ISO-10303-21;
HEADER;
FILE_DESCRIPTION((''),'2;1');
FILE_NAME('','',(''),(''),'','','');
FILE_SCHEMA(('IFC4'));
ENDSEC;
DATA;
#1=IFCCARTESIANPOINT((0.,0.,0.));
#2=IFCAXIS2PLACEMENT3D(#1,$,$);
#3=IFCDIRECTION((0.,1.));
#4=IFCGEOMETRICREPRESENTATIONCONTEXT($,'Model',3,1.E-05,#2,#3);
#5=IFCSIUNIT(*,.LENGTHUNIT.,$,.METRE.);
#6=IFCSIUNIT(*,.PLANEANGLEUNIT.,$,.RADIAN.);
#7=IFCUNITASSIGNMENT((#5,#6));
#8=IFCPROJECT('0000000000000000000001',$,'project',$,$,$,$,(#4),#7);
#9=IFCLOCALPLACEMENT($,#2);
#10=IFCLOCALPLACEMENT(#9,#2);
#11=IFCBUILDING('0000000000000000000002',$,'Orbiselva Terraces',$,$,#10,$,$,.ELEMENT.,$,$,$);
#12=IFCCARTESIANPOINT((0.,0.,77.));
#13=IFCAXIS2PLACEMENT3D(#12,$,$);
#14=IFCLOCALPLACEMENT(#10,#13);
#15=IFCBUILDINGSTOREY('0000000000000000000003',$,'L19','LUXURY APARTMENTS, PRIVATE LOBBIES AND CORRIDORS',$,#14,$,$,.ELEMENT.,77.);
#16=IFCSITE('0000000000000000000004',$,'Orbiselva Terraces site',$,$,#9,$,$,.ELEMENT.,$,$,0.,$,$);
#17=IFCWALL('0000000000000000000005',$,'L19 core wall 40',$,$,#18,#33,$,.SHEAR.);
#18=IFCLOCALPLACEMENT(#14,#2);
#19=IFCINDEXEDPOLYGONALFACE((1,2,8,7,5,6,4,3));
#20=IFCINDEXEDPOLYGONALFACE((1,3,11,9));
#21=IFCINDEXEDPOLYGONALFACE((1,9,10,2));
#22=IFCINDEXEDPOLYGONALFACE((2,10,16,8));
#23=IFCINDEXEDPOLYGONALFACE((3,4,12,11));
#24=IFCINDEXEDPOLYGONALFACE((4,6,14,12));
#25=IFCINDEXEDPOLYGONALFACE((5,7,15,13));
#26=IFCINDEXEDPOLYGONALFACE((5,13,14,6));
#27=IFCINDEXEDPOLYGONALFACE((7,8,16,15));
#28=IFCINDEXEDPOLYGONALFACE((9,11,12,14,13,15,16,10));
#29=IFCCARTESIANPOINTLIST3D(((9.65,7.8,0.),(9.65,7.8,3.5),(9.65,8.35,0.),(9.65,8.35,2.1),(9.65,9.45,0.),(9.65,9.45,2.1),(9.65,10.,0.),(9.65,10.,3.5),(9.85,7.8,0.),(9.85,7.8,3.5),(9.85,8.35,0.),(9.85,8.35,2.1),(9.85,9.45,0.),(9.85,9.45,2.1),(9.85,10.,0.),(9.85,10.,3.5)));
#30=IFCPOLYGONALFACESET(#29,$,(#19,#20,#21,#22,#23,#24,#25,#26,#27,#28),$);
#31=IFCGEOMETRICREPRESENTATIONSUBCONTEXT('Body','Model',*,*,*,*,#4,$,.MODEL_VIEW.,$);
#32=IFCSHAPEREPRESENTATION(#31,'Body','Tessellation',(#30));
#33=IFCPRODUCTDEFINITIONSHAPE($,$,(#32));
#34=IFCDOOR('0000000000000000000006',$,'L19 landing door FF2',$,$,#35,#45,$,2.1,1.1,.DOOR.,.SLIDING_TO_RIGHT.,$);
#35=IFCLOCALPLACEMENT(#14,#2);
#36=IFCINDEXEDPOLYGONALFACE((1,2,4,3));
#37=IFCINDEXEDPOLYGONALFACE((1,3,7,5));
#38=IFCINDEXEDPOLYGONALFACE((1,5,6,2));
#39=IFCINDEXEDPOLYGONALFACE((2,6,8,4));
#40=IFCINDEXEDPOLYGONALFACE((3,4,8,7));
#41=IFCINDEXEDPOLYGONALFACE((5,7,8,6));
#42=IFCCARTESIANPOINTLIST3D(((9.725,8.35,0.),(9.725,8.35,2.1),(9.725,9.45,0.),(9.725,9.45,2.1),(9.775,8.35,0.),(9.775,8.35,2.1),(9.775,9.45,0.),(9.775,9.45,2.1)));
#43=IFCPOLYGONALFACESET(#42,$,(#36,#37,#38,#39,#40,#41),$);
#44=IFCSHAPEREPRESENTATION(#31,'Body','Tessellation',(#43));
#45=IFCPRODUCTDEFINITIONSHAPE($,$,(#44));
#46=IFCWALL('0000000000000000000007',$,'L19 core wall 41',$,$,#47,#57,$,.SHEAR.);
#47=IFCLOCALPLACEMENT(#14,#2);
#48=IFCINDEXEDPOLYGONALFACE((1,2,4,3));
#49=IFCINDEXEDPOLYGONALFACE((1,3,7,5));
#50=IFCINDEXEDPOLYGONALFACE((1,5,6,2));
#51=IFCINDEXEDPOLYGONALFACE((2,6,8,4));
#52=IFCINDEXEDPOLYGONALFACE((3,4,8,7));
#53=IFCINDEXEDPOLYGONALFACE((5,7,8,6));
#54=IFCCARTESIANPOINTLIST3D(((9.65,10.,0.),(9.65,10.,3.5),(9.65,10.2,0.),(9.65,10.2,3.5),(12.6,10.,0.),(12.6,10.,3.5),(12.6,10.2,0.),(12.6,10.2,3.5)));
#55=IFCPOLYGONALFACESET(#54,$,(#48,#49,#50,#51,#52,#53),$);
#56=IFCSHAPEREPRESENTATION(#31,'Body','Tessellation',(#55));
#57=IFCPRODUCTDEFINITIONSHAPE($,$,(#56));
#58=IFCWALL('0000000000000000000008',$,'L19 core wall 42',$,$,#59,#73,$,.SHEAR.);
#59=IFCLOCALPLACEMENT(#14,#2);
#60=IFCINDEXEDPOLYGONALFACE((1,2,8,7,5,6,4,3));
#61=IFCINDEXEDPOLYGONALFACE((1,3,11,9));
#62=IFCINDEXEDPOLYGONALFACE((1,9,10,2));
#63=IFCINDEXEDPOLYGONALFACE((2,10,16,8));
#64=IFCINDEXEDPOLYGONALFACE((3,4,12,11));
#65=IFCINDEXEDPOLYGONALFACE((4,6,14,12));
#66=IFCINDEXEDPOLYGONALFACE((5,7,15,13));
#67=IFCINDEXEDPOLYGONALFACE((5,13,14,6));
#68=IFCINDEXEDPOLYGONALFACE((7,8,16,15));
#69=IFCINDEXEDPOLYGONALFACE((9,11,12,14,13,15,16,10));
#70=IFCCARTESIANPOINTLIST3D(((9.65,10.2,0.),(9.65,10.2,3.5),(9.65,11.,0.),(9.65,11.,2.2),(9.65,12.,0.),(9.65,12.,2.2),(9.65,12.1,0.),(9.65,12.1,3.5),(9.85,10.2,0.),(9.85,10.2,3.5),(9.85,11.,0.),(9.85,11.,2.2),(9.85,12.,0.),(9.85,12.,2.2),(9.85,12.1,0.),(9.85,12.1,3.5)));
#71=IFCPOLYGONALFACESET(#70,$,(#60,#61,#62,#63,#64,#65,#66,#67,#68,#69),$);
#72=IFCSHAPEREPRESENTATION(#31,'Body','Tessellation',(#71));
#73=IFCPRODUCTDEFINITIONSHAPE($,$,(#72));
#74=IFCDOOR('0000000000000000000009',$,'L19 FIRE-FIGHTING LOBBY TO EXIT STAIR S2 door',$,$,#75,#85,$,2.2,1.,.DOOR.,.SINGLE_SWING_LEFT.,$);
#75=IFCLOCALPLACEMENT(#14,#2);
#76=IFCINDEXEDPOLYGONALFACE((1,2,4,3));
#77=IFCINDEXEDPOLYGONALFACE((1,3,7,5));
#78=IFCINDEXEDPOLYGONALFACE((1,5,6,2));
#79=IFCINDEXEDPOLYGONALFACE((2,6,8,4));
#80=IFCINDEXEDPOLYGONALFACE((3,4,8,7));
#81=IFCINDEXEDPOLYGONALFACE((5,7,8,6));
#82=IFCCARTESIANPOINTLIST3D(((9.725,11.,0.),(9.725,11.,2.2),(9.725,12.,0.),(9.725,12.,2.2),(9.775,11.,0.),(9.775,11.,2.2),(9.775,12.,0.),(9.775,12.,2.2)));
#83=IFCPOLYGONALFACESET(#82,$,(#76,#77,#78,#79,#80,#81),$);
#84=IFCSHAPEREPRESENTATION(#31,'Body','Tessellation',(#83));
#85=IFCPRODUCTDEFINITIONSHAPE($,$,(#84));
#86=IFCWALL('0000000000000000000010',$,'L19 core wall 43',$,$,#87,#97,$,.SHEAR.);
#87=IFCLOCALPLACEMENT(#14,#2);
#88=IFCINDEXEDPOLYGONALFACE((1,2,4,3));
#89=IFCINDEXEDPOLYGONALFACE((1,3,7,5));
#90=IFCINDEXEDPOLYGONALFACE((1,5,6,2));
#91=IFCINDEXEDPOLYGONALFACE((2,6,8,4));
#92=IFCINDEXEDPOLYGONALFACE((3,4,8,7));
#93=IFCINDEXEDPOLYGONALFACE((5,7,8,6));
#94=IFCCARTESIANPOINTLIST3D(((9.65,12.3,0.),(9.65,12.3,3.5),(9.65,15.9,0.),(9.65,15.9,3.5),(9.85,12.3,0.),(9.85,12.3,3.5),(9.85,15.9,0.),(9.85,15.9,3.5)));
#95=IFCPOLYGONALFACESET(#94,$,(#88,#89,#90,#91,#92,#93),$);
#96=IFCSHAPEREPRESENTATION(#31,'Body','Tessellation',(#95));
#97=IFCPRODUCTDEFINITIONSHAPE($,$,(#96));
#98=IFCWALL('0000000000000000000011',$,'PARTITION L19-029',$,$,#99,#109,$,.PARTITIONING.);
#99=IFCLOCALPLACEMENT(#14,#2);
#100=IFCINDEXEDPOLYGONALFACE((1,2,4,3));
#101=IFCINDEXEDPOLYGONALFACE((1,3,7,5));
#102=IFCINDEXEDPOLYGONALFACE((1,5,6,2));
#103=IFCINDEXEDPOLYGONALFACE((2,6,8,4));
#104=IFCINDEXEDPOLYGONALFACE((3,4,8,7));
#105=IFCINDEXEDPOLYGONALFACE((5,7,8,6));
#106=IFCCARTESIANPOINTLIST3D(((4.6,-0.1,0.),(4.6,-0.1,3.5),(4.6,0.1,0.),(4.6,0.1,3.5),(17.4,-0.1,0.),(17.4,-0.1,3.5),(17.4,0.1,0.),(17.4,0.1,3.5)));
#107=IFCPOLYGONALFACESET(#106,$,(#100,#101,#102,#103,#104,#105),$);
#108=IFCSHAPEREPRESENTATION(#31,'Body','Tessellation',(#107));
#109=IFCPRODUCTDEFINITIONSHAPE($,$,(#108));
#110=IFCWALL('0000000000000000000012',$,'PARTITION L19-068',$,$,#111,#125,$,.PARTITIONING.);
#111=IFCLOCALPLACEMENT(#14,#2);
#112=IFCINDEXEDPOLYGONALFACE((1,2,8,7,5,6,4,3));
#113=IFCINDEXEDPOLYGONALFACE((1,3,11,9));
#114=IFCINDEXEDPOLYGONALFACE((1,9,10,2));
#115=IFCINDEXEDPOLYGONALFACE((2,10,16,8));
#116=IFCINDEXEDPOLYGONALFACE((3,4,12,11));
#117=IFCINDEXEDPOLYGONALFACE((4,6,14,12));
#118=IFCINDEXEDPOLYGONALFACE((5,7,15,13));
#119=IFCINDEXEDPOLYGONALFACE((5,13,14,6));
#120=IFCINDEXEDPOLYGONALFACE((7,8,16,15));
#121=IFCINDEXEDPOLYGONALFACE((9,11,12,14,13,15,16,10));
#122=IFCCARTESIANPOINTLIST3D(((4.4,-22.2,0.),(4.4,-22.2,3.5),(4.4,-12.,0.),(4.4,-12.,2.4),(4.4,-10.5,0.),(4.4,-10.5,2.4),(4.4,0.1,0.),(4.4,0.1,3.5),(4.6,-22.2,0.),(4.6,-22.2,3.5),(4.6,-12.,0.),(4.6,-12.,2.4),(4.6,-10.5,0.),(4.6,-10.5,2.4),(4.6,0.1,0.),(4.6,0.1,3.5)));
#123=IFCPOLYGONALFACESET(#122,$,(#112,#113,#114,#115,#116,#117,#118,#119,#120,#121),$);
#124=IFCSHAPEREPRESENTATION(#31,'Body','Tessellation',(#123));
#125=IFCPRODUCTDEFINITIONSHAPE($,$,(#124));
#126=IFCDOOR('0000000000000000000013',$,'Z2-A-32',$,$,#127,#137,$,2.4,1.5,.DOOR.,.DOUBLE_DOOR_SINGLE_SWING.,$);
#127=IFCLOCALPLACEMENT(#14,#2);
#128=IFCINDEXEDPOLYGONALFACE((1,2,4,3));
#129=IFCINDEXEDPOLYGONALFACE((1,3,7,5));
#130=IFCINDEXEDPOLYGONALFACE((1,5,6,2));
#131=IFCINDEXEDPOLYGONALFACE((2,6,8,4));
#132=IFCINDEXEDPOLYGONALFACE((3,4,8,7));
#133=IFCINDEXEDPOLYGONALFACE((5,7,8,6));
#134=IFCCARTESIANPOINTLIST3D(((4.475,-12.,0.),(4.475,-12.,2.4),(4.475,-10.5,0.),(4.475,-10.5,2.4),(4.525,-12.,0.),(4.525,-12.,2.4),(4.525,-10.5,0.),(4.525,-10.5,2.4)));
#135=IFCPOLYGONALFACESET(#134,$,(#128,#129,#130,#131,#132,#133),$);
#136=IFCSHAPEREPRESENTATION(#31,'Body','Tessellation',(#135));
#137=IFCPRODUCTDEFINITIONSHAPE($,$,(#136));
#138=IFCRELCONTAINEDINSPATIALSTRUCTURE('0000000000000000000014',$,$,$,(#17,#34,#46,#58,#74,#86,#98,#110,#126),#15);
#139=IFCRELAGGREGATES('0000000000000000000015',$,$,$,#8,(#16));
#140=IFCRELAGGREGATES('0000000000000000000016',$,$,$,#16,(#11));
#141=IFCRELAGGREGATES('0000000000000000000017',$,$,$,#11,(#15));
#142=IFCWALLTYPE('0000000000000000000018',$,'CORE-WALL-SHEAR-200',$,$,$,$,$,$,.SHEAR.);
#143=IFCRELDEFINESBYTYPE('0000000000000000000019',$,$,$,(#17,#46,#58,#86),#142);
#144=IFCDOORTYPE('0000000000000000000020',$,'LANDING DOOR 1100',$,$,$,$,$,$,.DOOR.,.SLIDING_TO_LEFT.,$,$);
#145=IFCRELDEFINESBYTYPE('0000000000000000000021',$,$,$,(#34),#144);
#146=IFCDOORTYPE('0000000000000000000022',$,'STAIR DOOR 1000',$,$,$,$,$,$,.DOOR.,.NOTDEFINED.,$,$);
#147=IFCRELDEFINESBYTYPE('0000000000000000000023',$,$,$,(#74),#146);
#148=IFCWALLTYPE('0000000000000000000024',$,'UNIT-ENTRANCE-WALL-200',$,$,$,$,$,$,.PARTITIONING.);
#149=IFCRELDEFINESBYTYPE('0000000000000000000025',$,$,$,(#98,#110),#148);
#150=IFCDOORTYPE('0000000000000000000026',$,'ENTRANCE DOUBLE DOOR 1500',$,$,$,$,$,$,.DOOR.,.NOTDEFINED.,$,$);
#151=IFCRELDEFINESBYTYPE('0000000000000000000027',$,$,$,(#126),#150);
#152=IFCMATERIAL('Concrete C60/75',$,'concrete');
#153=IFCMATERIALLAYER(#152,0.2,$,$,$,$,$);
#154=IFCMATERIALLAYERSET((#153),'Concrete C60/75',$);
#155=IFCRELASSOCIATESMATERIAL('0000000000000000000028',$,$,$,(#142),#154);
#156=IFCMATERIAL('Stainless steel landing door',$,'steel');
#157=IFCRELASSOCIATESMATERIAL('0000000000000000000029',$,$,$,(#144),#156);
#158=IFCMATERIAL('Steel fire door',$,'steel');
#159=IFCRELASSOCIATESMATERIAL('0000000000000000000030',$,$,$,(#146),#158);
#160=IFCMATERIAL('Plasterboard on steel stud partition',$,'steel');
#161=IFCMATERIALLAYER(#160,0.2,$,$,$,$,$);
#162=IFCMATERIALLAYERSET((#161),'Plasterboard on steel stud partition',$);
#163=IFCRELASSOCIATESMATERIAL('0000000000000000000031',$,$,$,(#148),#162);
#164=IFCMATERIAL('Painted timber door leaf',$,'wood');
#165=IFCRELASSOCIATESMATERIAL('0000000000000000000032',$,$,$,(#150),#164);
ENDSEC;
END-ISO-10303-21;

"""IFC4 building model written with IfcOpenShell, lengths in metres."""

from ifc_helpers import new_model, si_unit, direction, frame, frame_2d, origin, place, context, subcontext, project, spatial, rectangle, extrude, material, layer, layer_set, type_object, element, fill, save


model = new_model("IFC4")

# Units and contexts
model_context = context("Model", 3, precision=1e-05, world=origin(), true_north=direction((0.0, 1.0)))
body_context = subcontext(model_context, "Body", "Model", "MODEL_VIEW")
ifc_project = project(units=[si_unit("LENGTHUNIT", "METRE"), si_unit("PLANEANGLEUNIT", "RADIAN")], contexts=[model_context])

# Site, building, storey
site_placement = place(None, origin())
site = spatial("IfcSite", under=ifc_project, at=site_placement, Name="Orbiselva Terraces site", CompositionType="ELEMENT", RefElevation=0.0)
building_placement = place(site_placement, origin())
building = spatial("IfcBuilding", under=site, at=building_placement, Name="Orbiselva Terraces", CompositionType="ELEMENT")
storey_placement = place(building_placement, frame((0.0, 0.0, 77.0)))
storey = spatial("IfcBuildingStorey", under=building, at=storey_placement, Name="L19", Description="LUXURY APARTMENTS, PRIVATE LOBBIES AND CORRIDORS", CompositionType="ELEMENT", Elevation=77.0)

# Shared definitions
ifc_material_1 = material(Name="Concrete C60/75", Category="concrete")
ifc_layer_1 = layer(ifc_material_1, 0.2)
ifc_layer_set_1 = layer_set([ifc_layer_1], Name="Concrete C60/75")
wall_type_1 = type_object("IfcWallType", Name="CORE-WALL-SHEAR-200", PredefinedType="SHEAR", material=ifc_layer_set_1)
ifc_material_2 = material(Name="Steel fire door", Category="steel")

# Shared definitions
ifc_material_3 = material(Name="Stainless steel landing door", Category="steel")
door_type_1 = type_object("IfcDoorType", Name="LANDING DOOR 1100", OperationType="SLIDING_TO_LEFT", PredefinedType="DOOR", material=ifc_material_3)

# Wall, opening, door
wall_1_placement = place(storey_placement, frame((9.75, 7.8, 0.0), z_axis=(0.0, 0.0, 1.0), x_axis=(0.0, 1.0, 0.0)))
wall_1 = element("IfcWall", 1, at=wall_1_placement, inside=storey, type_object=wall_type_1, Name="L19 core wall 40", PredefinedType="SHEAR", context=body_context, shape_type="SweptSolid", body=[
    extrude(rectangle(XDim=2.2, YDim=0.2, at=frame_2d((1.1, 0.0))), origin(), (0.0, 0.0, 1.0), 3.5),
])
opening_1_placement = place(wall_1_placement, frame((0.55, 0.0, 0.0)))
opening_1 = element("IfcOpeningElement", 2, at=opening_1_placement, cuts=wall_1, PredefinedType="OPENING", context=body_context, shape_type="SweptSolid", body=[
    extrude(rectangle(XDim=1.1, YDim=2.1, at=frame_2d((0.55, 1.05))), frame((0.0, 0.11, 0.0), z_axis=(0.0, -1.0, 0.0), x_axis=(1.0, 0.0, 0.0)), (0.0, 0.0, 1.0), 0.22),
])
door_1_placement = place(opening_1_placement, origin())
door_1 = element("IfcDoor", 3, at=door_1_placement, inside=storey, type_object=door_type_1, Name="L19 landing door FF2", OperationType="SLIDING_TO_RIGHT", OverallHeight=2.1, OverallWidth=1.1, PredefinedType="DOOR", context=body_context, shape_type="SweptSolid", body=[
    extrude(rectangle(XDim=1.1, YDim=2.1, at=frame_2d((0.55, 1.05))), frame((0.0, 0.025, 0.0), z_axis=(0.0, -1.0, 0.0), x_axis=(1.0, 0.0, 0.0)), (0.0, 0.0, 1.0), 0.05),
])
fill(opening_1, door_1)

# Wall
wall_2_placement = place(storey_placement, frame((9.65, 10.1, 0.0), z_axis=(0.0, 0.0, 1.0), x_axis=(1.0, 0.0, 0.0)))
element("IfcWall", 4, at=wall_2_placement, inside=storey, type_object=wall_type_1, Name="L19 core wall 41", PredefinedType="SHEAR", context=body_context, shape_type="SweptSolid", body=[
    extrude(rectangle(XDim=2.95, YDim=0.2, at=frame_2d((1.475, 0.0))), origin(), (0.0, 0.0, 1.0), 3.5),
])

# Wall, opening, door
wall_3_placement = place(storey_placement, frame((9.75, 12.1, 0.0), z_axis=(0.0, 0.0, 1.0), x_axis=(0.0, -1.0, 0.0)))
wall_3 = element("IfcWall", 5, at=wall_3_placement, inside=storey, type_object=wall_type_1, Name="L19 core wall 42", PredefinedType="SHEAR", context=body_context, shape_type="SweptSolid", body=[
    extrude(rectangle(XDim=1.9, YDim=0.2, at=frame_2d((0.95, 0.0))), origin(), (0.0, 0.0, 1.0), 3.5),
])
opening_2_placement = place(wall_3_placement, frame((0.1, 0.0, 0.0)))
opening_2 = element("IfcOpeningElement", 6, at=opening_2_placement, cuts=wall_3, PredefinedType="OPENING", context=body_context, shape_type="SweptSolid", body=[
    extrude(rectangle(XDim=1.0, YDim=2.2, at=frame_2d((0.5, 1.1))), frame((0.0, 0.11, 0.0), z_axis=(0.0, -1.0, 0.0), x_axis=(1.0, 0.0, 0.0)), (0.0, 0.0, 1.0), 0.22),
])
door_type_2 = type_object("IfcDoorType", Name="STAIR DOOR 1000", OperationType="NOTDEFINED", PredefinedType="DOOR", material=ifc_material_2)
door_2_placement = place(opening_2_placement, origin())
door_2 = element("IfcDoor", 7, at=door_2_placement, inside=storey, type_object=door_type_2, Name="L19 FIRE-FIGHTING LOBBY TO EXIT STAIR S2 door", OperationType="SINGLE_SWING_LEFT", OverallHeight=2.2, OverallWidth=1.0, PredefinedType="DOOR", context=body_context, shape_type="SweptSolid", body=[
    extrude(rectangle(XDim=1.0, YDim=2.2, at=frame_2d((0.5, 1.1))), frame((0.0, 0.025, 0.0), z_axis=(0.0, -1.0, 0.0), x_axis=(1.0, 0.0, 0.0)), (0.0, 0.0, 1.0), 0.05),
])
fill(opening_2, door_2)

# Walls
wall_4_placement = place(storey_placement, frame((9.75, 12.3, 0.0), z_axis=(0.0, 0.0, 1.0), x_axis=(0.0, 1.0, 0.0)))
element("IfcWall", 8, at=wall_4_placement, inside=storey, type_object=wall_type_1, Name="L19 core wall 43", PredefinedType="SHEAR", context=body_context, shape_type="SweptSolid", body=[
    extrude(rectangle(XDim=3.6, YDim=0.2, at=frame_2d((1.8, 0.0))), origin(), (0.0, 0.0, 1.0), 3.5),
])
ifc_material_4 = material(Name="Plasterboard on steel stud partition", Category="steel")
ifc_layer_2 = layer(ifc_material_4, 0.2)
ifc_layer_set_2 = layer_set([ifc_layer_2], Name="Plasterboard on steel stud partition")
wall_type_2 = type_object("IfcWallType", Name="UNIT-ENTRANCE-WALL-200", PredefinedType="PARTITIONING", material=ifc_layer_set_2)
wall_5_placement = place(storey_placement, frame((4.6, 0.0, 0.0), z_axis=(0.0, 0.0, 1.0), x_axis=(1.0, 0.0, 0.0)))
element("IfcWall", 9, at=wall_5_placement, inside=storey, type_object=wall_type_2, Name="PARTITION L19-029", PredefinedType="PARTITIONING", context=body_context, shape_type="SweptSolid", body=[
    extrude(rectangle(XDim=12.8, YDim=0.2, at=frame_2d((6.4, 0.0))), origin(), (0.0, 0.0, 1.0), 3.5),
])

# Wall, opening, door
wall_6_placement = place(storey_placement, frame((4.5, 0.1, 0.0), z_axis=(0.0, 0.0, 1.0), x_axis=(0.0, -1.0, 0.0)))
wall_6 = element("IfcWall", 10, at=wall_6_placement, inside=storey, type_object=wall_type_2, Name="PARTITION L19-068", PredefinedType="PARTITIONING", context=body_context, shape_type="SweptSolid", body=[
    extrude(rectangle(XDim=22.3, YDim=0.2, at=frame_2d((11.15, 0.0))), origin(), (0.0, 0.0, 1.0), 3.5),
])
opening_3_placement = place(wall_6_placement, frame((10.6, 0.0, 0.0)))
opening_3 = element("IfcOpeningElement", 11, at=opening_3_placement, cuts=wall_6, PredefinedType="OPENING", context=body_context, shape_type="SweptSolid", body=[
    extrude(rectangle(XDim=1.5, YDim=2.4, at=frame_2d((0.75, 1.2))), frame((0.0, 0.11, 0.0), z_axis=(0.0, -1.0, 0.0), x_axis=(1.0, 0.0, 0.0)), (0.0, 0.0, 1.0), 0.22),
])
ifc_material_5 = material(Name="Painted timber door leaf", Category="wood")
door_type_3 = type_object("IfcDoorType", Name="ENTRANCE DOUBLE DOOR 1500", OperationType="NOTDEFINED", PredefinedType="DOOR", material=ifc_material_5)
door_3_placement = place(opening_3_placement, origin())
door_3 = element("IfcDoor", 12, at=door_3_placement, inside=storey, type_object=door_type_3, Name="Z2-A-32", OperationType="DOUBLE_DOOR_SINGLE_SWING", OverallHeight=2.4, OverallWidth=1.5, PredefinedType="DOOR", context=body_context, shape_type="SweptSolid", body=[
    extrude(rectangle(XDim=1.5, YDim=2.4, at=frame_2d((0.75, 1.2))), frame((0.0, 0.025, 0.0), z_axis=(0.0, -1.0, 0.0), x_axis=(1.0, 0.0, 0.0)), (0.0, 0.0, 1.0), 0.05),
])
fill(opening_3, door_3)

save(model, "model.ifc")
